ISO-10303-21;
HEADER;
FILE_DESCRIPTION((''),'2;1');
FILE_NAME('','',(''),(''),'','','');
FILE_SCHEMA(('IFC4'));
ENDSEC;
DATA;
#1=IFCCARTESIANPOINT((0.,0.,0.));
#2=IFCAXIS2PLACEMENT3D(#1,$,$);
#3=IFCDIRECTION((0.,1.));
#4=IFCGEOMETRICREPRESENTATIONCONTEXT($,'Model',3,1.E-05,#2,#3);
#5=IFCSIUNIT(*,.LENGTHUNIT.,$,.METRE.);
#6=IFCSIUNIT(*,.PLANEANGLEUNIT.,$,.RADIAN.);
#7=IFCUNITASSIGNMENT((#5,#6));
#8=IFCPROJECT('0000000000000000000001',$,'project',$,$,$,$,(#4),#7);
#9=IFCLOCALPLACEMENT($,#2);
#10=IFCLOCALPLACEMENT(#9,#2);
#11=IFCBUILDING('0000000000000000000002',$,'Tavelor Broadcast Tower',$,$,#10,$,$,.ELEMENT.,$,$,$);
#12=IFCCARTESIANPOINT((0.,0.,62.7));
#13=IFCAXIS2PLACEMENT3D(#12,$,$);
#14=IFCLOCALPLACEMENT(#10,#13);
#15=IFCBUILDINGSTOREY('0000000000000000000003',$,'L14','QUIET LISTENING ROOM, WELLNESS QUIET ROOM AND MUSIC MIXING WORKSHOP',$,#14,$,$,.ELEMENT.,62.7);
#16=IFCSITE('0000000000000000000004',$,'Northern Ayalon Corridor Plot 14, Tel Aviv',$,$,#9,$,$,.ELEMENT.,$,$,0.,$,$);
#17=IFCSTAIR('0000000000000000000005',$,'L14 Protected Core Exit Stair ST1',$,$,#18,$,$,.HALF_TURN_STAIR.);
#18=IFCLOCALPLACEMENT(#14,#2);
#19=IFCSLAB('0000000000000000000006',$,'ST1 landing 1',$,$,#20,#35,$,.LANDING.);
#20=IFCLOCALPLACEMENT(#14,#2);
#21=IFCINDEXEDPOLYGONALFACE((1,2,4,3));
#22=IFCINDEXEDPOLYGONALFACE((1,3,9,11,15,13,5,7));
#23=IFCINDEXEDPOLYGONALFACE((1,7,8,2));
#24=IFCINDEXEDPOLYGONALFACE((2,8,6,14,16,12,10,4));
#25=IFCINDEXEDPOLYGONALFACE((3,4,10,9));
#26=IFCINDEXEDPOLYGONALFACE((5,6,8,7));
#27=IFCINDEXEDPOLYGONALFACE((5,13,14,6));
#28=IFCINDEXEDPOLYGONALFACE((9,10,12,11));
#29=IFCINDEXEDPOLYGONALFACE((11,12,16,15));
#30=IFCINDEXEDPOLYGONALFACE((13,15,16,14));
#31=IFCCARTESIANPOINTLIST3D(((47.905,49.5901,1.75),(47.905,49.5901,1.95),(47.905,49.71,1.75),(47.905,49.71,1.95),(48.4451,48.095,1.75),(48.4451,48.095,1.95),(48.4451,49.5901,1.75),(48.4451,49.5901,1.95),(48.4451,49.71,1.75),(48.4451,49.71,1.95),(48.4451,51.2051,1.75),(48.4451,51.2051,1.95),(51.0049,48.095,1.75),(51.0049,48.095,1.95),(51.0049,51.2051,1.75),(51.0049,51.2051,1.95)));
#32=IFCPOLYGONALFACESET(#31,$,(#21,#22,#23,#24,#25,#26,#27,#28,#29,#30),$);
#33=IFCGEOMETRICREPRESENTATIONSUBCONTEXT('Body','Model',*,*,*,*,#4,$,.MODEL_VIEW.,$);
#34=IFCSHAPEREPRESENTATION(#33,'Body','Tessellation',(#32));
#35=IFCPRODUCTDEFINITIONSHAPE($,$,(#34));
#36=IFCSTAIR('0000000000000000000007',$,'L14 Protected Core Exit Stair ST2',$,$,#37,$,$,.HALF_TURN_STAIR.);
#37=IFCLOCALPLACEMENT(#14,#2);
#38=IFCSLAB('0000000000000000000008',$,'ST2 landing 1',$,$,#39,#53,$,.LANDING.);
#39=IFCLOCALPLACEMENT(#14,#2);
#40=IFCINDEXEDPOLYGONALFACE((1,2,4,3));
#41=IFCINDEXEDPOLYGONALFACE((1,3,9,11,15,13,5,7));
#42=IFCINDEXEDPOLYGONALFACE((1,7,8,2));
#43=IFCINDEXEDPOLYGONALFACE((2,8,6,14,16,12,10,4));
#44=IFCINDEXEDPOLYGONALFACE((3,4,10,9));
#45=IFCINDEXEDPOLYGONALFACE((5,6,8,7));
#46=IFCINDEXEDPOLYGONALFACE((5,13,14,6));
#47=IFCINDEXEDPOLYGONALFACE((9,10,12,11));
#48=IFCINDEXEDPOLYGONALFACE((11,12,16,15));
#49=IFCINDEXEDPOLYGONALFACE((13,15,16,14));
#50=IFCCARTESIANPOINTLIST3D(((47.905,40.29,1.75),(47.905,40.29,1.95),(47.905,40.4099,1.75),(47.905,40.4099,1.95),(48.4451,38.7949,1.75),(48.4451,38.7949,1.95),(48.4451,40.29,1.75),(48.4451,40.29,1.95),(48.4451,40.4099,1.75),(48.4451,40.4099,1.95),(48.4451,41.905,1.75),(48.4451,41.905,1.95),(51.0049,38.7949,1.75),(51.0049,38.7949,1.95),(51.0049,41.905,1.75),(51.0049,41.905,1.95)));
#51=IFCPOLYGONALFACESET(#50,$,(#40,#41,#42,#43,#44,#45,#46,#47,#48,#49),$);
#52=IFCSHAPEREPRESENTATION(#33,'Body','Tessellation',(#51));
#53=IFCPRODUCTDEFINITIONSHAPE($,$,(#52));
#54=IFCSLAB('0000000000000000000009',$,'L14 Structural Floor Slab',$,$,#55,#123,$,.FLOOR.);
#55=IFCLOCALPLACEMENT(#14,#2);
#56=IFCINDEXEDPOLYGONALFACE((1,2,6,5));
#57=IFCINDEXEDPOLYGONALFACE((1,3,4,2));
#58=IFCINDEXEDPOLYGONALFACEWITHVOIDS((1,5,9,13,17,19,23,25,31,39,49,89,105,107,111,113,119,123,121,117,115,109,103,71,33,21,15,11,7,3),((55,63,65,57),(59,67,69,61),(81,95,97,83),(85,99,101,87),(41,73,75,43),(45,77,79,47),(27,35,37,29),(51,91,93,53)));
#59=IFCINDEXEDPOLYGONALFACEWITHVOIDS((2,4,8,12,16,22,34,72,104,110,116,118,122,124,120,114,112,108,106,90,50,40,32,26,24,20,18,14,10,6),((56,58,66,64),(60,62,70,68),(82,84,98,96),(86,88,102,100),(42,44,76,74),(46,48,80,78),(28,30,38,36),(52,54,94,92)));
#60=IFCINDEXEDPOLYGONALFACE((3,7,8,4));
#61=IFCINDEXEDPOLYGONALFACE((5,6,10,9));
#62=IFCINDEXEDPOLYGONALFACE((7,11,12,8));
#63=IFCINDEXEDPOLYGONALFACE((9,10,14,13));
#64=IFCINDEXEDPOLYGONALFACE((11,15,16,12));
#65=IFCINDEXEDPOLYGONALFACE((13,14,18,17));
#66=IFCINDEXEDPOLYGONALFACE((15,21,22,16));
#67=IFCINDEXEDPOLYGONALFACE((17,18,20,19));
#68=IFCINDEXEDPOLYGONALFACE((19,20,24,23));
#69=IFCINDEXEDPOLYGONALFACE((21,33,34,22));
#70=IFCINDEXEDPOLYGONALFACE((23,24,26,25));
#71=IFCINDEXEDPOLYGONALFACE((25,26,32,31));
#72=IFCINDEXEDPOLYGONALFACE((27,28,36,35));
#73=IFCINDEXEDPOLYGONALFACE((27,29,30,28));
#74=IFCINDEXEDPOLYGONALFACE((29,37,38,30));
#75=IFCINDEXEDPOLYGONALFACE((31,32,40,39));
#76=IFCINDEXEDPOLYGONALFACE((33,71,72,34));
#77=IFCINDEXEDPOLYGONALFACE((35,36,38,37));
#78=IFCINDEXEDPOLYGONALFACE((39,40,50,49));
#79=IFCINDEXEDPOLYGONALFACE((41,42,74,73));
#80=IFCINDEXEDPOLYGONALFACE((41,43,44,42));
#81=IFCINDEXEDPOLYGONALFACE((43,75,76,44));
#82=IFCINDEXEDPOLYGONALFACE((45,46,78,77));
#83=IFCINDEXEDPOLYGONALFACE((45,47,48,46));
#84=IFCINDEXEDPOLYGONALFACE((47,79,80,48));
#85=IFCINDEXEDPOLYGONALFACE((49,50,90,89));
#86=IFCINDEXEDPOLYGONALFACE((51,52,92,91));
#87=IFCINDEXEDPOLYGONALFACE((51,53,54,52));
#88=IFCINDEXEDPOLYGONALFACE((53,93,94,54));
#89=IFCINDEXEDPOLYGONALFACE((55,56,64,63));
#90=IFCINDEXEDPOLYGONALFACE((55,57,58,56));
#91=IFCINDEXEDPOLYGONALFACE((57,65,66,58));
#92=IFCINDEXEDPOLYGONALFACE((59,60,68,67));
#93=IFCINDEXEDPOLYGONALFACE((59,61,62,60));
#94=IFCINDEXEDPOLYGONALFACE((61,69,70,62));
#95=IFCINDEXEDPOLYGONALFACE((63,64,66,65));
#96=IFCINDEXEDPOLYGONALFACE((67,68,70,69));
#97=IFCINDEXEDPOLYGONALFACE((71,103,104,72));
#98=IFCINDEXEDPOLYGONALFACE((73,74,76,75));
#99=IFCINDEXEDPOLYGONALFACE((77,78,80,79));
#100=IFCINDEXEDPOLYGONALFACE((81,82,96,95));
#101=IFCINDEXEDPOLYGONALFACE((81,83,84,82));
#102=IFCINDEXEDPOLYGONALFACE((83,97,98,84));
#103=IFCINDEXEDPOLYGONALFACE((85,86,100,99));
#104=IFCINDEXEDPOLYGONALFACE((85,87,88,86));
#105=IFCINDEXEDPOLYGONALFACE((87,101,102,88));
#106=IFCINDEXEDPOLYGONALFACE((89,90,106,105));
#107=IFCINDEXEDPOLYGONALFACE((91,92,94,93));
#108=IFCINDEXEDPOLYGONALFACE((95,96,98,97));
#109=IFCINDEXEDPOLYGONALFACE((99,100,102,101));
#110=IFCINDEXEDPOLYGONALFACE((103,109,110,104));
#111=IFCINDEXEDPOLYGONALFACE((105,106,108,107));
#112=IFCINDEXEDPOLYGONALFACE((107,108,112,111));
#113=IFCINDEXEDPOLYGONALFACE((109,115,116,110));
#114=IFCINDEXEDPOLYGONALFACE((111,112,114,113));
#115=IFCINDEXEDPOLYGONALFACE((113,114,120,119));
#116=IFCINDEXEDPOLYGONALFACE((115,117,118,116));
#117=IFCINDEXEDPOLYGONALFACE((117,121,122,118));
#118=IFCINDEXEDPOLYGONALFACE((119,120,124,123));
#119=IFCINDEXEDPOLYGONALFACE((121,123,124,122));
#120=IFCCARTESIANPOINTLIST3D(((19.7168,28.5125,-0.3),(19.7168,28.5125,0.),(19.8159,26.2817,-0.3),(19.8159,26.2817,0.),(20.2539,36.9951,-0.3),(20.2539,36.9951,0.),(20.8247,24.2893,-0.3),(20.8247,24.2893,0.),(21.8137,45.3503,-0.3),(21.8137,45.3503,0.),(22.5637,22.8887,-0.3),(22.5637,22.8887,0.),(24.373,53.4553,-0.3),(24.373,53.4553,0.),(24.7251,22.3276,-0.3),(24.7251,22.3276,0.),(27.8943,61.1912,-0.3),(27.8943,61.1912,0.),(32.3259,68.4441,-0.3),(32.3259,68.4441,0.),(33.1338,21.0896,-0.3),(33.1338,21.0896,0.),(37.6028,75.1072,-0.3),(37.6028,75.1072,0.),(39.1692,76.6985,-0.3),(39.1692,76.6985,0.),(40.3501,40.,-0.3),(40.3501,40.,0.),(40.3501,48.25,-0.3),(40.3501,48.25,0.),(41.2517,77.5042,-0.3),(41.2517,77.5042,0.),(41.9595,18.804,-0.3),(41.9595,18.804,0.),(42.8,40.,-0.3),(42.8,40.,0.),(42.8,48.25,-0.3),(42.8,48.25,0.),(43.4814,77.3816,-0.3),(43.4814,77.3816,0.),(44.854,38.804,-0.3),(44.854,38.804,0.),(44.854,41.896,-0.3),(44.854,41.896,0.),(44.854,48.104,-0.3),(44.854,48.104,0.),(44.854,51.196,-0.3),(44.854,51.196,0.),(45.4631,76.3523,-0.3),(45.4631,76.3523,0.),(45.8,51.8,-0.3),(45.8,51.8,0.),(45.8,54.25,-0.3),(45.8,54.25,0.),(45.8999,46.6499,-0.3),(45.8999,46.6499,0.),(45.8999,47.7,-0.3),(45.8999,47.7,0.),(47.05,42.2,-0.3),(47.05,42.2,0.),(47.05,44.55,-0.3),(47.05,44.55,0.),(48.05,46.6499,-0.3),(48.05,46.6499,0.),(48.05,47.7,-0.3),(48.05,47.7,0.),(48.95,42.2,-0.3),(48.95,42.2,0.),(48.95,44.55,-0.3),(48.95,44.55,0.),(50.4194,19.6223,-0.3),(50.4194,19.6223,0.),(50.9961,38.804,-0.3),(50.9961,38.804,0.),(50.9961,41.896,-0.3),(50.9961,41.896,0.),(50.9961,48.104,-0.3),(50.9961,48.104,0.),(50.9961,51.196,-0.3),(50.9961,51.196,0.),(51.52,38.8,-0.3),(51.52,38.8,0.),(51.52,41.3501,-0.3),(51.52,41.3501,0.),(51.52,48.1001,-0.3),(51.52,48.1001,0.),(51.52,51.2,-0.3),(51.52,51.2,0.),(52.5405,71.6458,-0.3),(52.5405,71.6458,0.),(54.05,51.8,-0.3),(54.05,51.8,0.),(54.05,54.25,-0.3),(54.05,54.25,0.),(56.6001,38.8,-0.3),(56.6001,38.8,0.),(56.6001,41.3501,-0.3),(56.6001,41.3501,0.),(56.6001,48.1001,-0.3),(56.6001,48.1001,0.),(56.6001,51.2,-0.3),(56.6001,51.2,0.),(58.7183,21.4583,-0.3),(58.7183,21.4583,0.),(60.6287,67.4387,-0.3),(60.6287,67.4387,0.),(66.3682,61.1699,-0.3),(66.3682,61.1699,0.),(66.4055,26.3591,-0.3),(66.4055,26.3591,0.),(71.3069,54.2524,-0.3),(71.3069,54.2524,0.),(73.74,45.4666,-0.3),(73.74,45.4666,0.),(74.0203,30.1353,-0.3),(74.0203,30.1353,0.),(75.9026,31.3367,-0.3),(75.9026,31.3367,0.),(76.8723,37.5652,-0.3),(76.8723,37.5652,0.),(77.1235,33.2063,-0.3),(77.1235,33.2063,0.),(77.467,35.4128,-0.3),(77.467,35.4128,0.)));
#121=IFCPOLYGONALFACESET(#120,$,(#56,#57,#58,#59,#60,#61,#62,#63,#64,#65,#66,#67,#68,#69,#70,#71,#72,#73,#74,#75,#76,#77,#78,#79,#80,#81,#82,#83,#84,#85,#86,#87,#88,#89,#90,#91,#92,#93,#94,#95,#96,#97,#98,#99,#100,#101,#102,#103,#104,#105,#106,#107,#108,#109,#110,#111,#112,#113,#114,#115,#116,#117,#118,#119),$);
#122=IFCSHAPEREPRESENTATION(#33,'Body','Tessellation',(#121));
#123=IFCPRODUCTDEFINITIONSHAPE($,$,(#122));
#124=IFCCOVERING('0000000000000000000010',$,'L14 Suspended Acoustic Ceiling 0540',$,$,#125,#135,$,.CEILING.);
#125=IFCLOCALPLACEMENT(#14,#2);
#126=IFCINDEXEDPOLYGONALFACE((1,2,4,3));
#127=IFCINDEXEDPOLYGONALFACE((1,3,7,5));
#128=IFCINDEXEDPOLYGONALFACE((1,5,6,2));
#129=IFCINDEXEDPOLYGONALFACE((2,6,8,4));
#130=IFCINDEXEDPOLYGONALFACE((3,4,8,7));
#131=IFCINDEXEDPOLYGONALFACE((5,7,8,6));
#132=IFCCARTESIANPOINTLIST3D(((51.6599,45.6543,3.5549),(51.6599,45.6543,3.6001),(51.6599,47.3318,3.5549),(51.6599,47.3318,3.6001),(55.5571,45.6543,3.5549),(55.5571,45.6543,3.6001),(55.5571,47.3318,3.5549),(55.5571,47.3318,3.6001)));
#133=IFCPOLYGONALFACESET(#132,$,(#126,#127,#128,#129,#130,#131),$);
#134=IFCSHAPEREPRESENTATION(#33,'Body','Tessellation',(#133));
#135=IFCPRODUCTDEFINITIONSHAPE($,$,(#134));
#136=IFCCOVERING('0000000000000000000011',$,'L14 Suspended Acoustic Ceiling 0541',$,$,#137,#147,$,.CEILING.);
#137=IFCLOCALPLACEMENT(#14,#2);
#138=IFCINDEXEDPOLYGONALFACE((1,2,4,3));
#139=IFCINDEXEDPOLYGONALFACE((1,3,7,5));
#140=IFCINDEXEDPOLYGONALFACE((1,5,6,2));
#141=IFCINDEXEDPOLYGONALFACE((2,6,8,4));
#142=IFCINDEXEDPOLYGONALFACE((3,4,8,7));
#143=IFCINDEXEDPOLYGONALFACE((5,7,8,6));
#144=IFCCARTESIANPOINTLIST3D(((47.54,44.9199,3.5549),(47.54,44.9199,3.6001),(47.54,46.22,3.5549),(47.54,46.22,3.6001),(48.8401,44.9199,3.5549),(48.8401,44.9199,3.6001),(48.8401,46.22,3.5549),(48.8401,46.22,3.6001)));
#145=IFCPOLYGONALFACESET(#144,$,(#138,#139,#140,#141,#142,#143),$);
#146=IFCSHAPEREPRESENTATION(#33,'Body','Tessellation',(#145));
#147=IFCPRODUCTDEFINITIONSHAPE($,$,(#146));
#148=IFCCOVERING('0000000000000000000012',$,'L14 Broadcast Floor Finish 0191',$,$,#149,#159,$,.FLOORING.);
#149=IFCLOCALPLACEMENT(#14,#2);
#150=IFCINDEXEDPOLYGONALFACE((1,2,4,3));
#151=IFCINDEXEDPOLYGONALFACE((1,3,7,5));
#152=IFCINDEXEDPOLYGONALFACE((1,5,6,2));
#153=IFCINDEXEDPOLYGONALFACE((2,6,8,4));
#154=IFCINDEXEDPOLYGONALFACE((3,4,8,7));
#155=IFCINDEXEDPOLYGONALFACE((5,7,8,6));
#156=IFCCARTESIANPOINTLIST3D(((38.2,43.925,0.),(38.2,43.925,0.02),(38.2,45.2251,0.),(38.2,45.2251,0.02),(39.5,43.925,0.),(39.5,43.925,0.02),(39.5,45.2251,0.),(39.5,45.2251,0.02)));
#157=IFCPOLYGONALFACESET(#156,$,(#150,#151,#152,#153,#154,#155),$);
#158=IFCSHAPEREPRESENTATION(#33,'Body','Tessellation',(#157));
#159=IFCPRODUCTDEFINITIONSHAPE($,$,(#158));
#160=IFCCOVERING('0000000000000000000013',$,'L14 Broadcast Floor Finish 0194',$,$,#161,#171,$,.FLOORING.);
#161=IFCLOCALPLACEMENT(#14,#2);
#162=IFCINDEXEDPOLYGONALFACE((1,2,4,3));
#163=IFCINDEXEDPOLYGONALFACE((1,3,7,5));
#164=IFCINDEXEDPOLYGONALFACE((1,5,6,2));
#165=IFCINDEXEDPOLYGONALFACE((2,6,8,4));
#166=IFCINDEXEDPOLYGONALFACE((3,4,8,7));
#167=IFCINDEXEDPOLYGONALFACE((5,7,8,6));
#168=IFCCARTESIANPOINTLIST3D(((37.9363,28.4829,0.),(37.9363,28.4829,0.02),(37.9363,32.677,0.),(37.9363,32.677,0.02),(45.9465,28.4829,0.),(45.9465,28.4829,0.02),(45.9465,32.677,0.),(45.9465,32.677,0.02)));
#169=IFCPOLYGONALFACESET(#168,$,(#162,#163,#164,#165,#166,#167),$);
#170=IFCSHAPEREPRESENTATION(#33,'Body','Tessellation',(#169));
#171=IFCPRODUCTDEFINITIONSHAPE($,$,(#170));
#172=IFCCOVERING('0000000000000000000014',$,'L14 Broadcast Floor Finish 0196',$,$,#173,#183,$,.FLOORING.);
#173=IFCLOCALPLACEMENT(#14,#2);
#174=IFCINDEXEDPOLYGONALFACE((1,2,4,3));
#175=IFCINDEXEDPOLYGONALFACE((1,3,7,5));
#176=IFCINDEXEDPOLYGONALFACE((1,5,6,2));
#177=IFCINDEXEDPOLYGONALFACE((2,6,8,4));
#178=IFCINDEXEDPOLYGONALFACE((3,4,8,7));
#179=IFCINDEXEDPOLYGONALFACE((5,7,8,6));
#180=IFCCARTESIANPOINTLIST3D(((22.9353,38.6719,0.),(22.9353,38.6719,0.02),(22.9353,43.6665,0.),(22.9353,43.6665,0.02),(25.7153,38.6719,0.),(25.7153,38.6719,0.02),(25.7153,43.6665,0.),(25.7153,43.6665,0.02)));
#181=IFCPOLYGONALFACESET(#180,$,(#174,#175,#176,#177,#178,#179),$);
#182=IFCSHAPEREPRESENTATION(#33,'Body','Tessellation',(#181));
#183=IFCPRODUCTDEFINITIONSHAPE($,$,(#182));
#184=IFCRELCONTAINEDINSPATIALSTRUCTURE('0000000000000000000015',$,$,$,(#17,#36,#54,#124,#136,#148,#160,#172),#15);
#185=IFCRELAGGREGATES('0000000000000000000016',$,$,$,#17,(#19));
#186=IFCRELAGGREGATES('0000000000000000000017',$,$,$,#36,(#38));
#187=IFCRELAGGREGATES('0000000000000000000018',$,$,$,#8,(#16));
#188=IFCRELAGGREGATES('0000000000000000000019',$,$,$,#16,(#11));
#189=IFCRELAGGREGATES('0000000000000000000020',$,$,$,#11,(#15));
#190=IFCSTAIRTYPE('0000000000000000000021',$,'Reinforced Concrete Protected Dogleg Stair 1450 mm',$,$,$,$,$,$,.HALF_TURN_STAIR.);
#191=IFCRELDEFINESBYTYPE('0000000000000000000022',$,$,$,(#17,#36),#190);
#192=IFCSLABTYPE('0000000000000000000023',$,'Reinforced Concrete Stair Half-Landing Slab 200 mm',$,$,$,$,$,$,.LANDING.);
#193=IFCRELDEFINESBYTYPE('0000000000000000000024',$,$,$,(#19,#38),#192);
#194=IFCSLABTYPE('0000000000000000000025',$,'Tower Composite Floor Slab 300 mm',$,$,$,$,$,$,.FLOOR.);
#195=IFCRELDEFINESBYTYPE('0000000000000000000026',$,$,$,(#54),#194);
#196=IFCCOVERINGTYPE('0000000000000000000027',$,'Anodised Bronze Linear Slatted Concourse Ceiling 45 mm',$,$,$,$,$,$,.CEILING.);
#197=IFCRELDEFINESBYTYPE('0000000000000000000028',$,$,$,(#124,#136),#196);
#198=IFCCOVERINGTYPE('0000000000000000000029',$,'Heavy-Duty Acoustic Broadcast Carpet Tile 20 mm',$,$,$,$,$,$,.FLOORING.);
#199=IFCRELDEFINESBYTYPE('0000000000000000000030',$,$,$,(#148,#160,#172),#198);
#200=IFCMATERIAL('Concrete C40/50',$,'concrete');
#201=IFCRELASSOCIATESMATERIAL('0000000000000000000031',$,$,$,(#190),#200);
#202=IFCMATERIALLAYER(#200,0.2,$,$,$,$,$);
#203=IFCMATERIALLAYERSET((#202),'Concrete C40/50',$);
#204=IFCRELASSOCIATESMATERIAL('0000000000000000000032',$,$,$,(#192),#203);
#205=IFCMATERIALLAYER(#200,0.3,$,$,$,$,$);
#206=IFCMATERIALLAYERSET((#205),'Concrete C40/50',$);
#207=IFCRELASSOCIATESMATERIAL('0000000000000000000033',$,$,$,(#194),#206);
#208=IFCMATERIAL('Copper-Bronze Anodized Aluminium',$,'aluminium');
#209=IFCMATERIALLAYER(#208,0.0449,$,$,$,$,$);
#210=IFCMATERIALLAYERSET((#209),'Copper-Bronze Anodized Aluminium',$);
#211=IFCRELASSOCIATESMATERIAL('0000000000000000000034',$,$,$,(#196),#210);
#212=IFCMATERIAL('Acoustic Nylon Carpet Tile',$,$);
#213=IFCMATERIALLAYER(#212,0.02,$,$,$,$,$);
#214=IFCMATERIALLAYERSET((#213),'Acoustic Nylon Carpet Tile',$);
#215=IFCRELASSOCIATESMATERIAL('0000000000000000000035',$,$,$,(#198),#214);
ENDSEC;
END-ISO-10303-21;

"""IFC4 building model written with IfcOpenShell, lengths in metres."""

from ifc_helpers import new_model, si_unit, direction, frame, origin, place, context, subcontext, project, spatial, polyline, outline, extrude, material, layer, layer_set, type_object, element, aggregate, save


model = new_model("IFC4")

# Units and contexts
model_context = context("Model", 3, precision=1e-05, world=origin(), true_north=direction((0.0, 1.0)))
body_context = subcontext(model_context, "Body", "Model", "MODEL_VIEW")
ifc_project = project(units=[si_unit("LENGTHUNIT", "METRE"), si_unit("PLANEANGLEUNIT", "RADIAN")], contexts=[model_context])

# Site, building, storey
site_placement = place(None, origin())
site = spatial("IfcSite", under=ifc_project, at=site_placement, Name="Northern Ayalon Corridor Plot 14, Tel Aviv", CompositionType="ELEMENT", RefElevation=0.0)
building_placement = place(site_placement, origin())
building = spatial("IfcBuilding", under=site, at=building_placement, Name="Tavelor Broadcast Tower", CompositionType="ELEMENT")
storey_placement = place(building_placement, frame((0.0, 0.0, 62.7)))
storey = spatial("IfcBuildingStorey", under=building, at=storey_placement, Name="L14", Description="QUIET LISTENING ROOM, WELLNESS QUIET ROOM AND MUSIC MIXING WORKSHOP", CompositionType="ELEMENT", Elevation=62.7)

# Stairs, slabs
ifc_material_1 = material(Name="Concrete C40/50", Category="concrete")
stair_type = type_object("IfcStairType", Name="Reinforced Concrete Protected Dogleg Stair 1450 mm", PredefinedType="HALF_TURN_STAIR", material=ifc_material_1)
stair_1_placement = place(storey_placement, origin())
stair_1 = element("IfcStair", 1, at=stair_1_placement, inside=storey, type_object=stair_type, Name="L14 Protected Core Exit Stair ST1", PredefinedType="HALF_TURN_STAIR")
ifc_layer_1 = layer(ifc_material_1, 0.2)
ifc_layer_set_1 = layer_set([ifc_layer_1], Name="Concrete C40/50")
slab_type_1 = type_object("IfcSlabType", Name="Reinforced Concrete Stair Half-Landing Slab 200 mm", PredefinedType="LANDING", material=ifc_layer_set_1)
slab_1_placement = place(storey_placement, frame((0.0, 0.0, 1.75)))
slab_1 = element("IfcSlab", 2, at=slab_1_placement, type_object=slab_type_1, Name="ST1 landing 1", PredefinedType="LANDING", context=body_context, shape_type="SweptSolid", body=[
    extrude(outline(polyline([(48.4451, 49.5901), (48.4451, 48.095), (51.0049, 48.095), (51.0049, 51.2051), (48.4451, 51.2051), (48.4451, 49.71), (47.905, 49.71), (47.905, 49.5901), (48.4451, 49.5901)])), origin(), (0.0, 0.0, 1.0), 0.2),
])
aggregate(stair_1, [slab_1])
stair_2_placement = place(storey_placement, origin())
stair_2 = element("IfcStair", 3, at=stair_2_placement, inside=storey, type_object=stair_type, Name="L14 Protected Core Exit Stair ST2", PredefinedType="HALF_TURN_STAIR")
slab_2_placement = place(storey_placement, frame((0.0, 0.0, 1.75)))
slab_2 = element("IfcSlab", 4, at=slab_2_placement, type_object=slab_type_1, Name="ST2 landing 1", PredefinedType="LANDING", context=body_context, shape_type="SweptSolid", body=[
    extrude(outline(polyline([(48.4451, 40.29), (48.4451, 38.7949), (51.0049, 38.7949), (51.0049, 41.905), (48.4451, 41.905), (48.4451, 40.4099), (47.905, 40.4099), (47.905, 40.29), (48.4451, 40.29)])), origin(), (0.0, 0.0, 1.0), 0.2),
])
aggregate(stair_2, [slab_2])

# Slab
ifc_layer_2 = layer(ifc_material_1, 0.3)
ifc_layer_set_2 = layer_set([ifc_layer_2], Name="Concrete C40/50")
slab_type_2 = type_object("IfcSlabType", Name="Tower Composite Floor Slab 300 mm", PredefinedType="FLOOR", material=ifc_layer_set_2)
slab_3_placement = place(storey_placement, frame((0.0, 0.0, -0.3)))
element("IfcSlab", 5, at=slab_3_placement, inside=storey, type_object=slab_type_2, Name="L14 Structural Floor Slab", PredefinedType="FLOOR", context=body_context, shape_type="SweptSolid", body=[
    extrude(outline(polyline([(45.4631, 76.3523), (43.4814, 77.3816), (41.2517, 77.5042), (39.1692, 76.6985), (37.6028, 75.1072), (32.3259, 68.4441), (27.8943, 61.1912), (24.373, 53.4553), (21.8137, 45.3503), (20.2539, 36.9951), (19.7168, 28.5125), (19.8159, 26.2817), (20.8247, 24.2893), (22.5637, 22.8887), (24.7251, 22.3276), (33.1338, 21.0896), (41.9595, 18.804), (50.4194, 19.6223), (58.7183, 21.4583), (66.4055, 26.3591), (74.0203, 30.1353), (75.9026, 31.3367), (77.1235, 33.2063), (77.467, 35.4128), (76.8723, 37.5652), (73.74, 45.4666), (71.3069, 54.2524), (66.3682, 61.1699), (60.6287, 67.4387), (52.5405, 71.6458), (45.4631, 76.3523)]), holes=[polyline([(56.6001, 38.8), (51.52, 38.8), (51.52, 41.3501), (56.6001, 41.3501), (56.6001, 38.8)]), polyline([(50.9961, 38.804), (44.854, 38.804), (44.854, 41.896), (50.9961, 41.896), (50.9961, 38.804)]), polyline([(47.05, 42.2), (47.05, 44.55), (48.95, 44.55), (48.95, 42.2), (47.05, 42.2)]), polyline([(40.3501, 40.0), (40.3501, 48.25), (42.8, 48.25), (42.8, 40.0), (40.3501, 40.0)]), polyline([(48.05, 46.6499), (45.8999, 46.6499), (45.8999, 47.7), (48.05, 47.7), (48.05, 46.6499)]), polyline([(50.9961, 48.104), (44.854, 48.104), (44.854, 51.196), (50.9961, 51.196), (50.9961, 48.104)]), polyline([(56.6001, 48.1001), (51.52, 48.1001), (51.52, 51.2), (56.6001, 51.2), (56.6001, 48.1001)]), polyline([(54.05, 51.8), (45.8, 51.8), (45.8, 54.25), (54.05, 54.25), (54.05, 51.8)])]), origin(), (0.0, 0.0, 1.0), 0.3),
])

# Coverings
ifc_material_2 = material(Name="Copper-Bronze Anodized Aluminium", Category="aluminium")
ifc_layer_3 = layer(ifc_material_2, 0.0449)
ifc_layer_set_3 = layer_set([ifc_layer_3], Name="Copper-Bronze Anodized Aluminium")
covering_type_1 = type_object("IfcCoveringType", Name="Anodised Bronze Linear Slatted Concourse Ceiling 45 mm", PredefinedType="CEILING", material=ifc_layer_set_3)
covering_1_placement = place(storey_placement, frame((0.0, 0.0, 3.5549)))
element("IfcCovering", 6, at=covering_1_placement, inside=storey, type_object=covering_type_1, Name="L14 Suspended Acoustic Ceiling 0540", PredefinedType="CEILING", context=body_context, shape_type="SweptSolid", body=[
    extrude(outline(polyline([(51.6599, 45.6543), (55.5571, 45.6543), (55.5571, 47.3318), (51.6599, 47.3318), (51.6599, 45.6543)])), origin(), (0.0, 0.0, 1.0), 0.0452),
])
covering_2_placement = place(storey_placement, frame((0.0, 0.0, 3.5549)))
element("IfcCovering", 7, at=covering_2_placement, inside=storey, type_object=covering_type_1, Name="L14 Suspended Acoustic Ceiling 0541", PredefinedType="CEILING", context=body_context, shape_type="SweptSolid", body=[
    extrude(outline(polyline([(47.54, 44.9199), (48.8401, 44.9199), (48.8401, 46.22), (47.54, 46.22), (47.54, 44.9199)])), origin(), (0.0, 0.0, 1.0), 0.0452),
])
ifc_material_3 = material(Name="Acoustic Nylon Carpet Tile")
ifc_layer_4 = layer(ifc_material_3, 0.02)
ifc_layer_set_4 = layer_set([ifc_layer_4], Name="Acoustic Nylon Carpet Tile")
covering_type_2 = type_object("IfcCoveringType", Name="Heavy-Duty Acoustic Broadcast Carpet Tile 20 mm", PredefinedType="FLOORING", material=ifc_layer_set_4)
covering_3_placement = place(storey_placement, origin())
element("IfcCovering", 8, at=covering_3_placement, inside=storey, type_object=covering_type_2, Name="L14 Broadcast Floor Finish 0191", PredefinedType="FLOORING", context=body_context, shape_type="SweptSolid", body=[
    extrude(outline(polyline([(38.2, 43.925), (39.5, 43.925), (39.5, 45.2251), (38.2, 45.2251), (38.2, 43.925)])), origin(), (0.0, 0.0, 1.0), 0.02),
])
covering_4_placement = place(storey_placement, origin())
element("IfcCovering", 9, at=covering_4_placement, inside=storey, type_object=covering_type_2, Name="L14 Broadcast Floor Finish 0194", PredefinedType="FLOORING", context=body_context, shape_type="SweptSolid", body=[
    extrude(outline(polyline([(37.9363, 28.4829), (45.9465, 28.4829), (45.9465, 32.677), (37.9363, 32.677), (37.9363, 28.4829)])), origin(), (0.0, 0.0, 1.0), 0.02),
])
covering_5_placement = place(storey_placement, origin())
element("IfcCovering", 10, at=covering_5_placement, inside=storey, type_object=covering_type_2, Name="L14 Broadcast Floor Finish 0196", PredefinedType="FLOORING", context=body_context, shape_type="SweptSolid", body=[
    extrude(outline(polyline([(22.9353, 38.6719), (25.7153, 38.6719), (25.7153, 43.6665), (22.9353, 43.6665), (22.9353, 38.6719)])), origin(), (0.0, 0.0, 1.0), 0.02),
])

save(model, "model.ifc")
